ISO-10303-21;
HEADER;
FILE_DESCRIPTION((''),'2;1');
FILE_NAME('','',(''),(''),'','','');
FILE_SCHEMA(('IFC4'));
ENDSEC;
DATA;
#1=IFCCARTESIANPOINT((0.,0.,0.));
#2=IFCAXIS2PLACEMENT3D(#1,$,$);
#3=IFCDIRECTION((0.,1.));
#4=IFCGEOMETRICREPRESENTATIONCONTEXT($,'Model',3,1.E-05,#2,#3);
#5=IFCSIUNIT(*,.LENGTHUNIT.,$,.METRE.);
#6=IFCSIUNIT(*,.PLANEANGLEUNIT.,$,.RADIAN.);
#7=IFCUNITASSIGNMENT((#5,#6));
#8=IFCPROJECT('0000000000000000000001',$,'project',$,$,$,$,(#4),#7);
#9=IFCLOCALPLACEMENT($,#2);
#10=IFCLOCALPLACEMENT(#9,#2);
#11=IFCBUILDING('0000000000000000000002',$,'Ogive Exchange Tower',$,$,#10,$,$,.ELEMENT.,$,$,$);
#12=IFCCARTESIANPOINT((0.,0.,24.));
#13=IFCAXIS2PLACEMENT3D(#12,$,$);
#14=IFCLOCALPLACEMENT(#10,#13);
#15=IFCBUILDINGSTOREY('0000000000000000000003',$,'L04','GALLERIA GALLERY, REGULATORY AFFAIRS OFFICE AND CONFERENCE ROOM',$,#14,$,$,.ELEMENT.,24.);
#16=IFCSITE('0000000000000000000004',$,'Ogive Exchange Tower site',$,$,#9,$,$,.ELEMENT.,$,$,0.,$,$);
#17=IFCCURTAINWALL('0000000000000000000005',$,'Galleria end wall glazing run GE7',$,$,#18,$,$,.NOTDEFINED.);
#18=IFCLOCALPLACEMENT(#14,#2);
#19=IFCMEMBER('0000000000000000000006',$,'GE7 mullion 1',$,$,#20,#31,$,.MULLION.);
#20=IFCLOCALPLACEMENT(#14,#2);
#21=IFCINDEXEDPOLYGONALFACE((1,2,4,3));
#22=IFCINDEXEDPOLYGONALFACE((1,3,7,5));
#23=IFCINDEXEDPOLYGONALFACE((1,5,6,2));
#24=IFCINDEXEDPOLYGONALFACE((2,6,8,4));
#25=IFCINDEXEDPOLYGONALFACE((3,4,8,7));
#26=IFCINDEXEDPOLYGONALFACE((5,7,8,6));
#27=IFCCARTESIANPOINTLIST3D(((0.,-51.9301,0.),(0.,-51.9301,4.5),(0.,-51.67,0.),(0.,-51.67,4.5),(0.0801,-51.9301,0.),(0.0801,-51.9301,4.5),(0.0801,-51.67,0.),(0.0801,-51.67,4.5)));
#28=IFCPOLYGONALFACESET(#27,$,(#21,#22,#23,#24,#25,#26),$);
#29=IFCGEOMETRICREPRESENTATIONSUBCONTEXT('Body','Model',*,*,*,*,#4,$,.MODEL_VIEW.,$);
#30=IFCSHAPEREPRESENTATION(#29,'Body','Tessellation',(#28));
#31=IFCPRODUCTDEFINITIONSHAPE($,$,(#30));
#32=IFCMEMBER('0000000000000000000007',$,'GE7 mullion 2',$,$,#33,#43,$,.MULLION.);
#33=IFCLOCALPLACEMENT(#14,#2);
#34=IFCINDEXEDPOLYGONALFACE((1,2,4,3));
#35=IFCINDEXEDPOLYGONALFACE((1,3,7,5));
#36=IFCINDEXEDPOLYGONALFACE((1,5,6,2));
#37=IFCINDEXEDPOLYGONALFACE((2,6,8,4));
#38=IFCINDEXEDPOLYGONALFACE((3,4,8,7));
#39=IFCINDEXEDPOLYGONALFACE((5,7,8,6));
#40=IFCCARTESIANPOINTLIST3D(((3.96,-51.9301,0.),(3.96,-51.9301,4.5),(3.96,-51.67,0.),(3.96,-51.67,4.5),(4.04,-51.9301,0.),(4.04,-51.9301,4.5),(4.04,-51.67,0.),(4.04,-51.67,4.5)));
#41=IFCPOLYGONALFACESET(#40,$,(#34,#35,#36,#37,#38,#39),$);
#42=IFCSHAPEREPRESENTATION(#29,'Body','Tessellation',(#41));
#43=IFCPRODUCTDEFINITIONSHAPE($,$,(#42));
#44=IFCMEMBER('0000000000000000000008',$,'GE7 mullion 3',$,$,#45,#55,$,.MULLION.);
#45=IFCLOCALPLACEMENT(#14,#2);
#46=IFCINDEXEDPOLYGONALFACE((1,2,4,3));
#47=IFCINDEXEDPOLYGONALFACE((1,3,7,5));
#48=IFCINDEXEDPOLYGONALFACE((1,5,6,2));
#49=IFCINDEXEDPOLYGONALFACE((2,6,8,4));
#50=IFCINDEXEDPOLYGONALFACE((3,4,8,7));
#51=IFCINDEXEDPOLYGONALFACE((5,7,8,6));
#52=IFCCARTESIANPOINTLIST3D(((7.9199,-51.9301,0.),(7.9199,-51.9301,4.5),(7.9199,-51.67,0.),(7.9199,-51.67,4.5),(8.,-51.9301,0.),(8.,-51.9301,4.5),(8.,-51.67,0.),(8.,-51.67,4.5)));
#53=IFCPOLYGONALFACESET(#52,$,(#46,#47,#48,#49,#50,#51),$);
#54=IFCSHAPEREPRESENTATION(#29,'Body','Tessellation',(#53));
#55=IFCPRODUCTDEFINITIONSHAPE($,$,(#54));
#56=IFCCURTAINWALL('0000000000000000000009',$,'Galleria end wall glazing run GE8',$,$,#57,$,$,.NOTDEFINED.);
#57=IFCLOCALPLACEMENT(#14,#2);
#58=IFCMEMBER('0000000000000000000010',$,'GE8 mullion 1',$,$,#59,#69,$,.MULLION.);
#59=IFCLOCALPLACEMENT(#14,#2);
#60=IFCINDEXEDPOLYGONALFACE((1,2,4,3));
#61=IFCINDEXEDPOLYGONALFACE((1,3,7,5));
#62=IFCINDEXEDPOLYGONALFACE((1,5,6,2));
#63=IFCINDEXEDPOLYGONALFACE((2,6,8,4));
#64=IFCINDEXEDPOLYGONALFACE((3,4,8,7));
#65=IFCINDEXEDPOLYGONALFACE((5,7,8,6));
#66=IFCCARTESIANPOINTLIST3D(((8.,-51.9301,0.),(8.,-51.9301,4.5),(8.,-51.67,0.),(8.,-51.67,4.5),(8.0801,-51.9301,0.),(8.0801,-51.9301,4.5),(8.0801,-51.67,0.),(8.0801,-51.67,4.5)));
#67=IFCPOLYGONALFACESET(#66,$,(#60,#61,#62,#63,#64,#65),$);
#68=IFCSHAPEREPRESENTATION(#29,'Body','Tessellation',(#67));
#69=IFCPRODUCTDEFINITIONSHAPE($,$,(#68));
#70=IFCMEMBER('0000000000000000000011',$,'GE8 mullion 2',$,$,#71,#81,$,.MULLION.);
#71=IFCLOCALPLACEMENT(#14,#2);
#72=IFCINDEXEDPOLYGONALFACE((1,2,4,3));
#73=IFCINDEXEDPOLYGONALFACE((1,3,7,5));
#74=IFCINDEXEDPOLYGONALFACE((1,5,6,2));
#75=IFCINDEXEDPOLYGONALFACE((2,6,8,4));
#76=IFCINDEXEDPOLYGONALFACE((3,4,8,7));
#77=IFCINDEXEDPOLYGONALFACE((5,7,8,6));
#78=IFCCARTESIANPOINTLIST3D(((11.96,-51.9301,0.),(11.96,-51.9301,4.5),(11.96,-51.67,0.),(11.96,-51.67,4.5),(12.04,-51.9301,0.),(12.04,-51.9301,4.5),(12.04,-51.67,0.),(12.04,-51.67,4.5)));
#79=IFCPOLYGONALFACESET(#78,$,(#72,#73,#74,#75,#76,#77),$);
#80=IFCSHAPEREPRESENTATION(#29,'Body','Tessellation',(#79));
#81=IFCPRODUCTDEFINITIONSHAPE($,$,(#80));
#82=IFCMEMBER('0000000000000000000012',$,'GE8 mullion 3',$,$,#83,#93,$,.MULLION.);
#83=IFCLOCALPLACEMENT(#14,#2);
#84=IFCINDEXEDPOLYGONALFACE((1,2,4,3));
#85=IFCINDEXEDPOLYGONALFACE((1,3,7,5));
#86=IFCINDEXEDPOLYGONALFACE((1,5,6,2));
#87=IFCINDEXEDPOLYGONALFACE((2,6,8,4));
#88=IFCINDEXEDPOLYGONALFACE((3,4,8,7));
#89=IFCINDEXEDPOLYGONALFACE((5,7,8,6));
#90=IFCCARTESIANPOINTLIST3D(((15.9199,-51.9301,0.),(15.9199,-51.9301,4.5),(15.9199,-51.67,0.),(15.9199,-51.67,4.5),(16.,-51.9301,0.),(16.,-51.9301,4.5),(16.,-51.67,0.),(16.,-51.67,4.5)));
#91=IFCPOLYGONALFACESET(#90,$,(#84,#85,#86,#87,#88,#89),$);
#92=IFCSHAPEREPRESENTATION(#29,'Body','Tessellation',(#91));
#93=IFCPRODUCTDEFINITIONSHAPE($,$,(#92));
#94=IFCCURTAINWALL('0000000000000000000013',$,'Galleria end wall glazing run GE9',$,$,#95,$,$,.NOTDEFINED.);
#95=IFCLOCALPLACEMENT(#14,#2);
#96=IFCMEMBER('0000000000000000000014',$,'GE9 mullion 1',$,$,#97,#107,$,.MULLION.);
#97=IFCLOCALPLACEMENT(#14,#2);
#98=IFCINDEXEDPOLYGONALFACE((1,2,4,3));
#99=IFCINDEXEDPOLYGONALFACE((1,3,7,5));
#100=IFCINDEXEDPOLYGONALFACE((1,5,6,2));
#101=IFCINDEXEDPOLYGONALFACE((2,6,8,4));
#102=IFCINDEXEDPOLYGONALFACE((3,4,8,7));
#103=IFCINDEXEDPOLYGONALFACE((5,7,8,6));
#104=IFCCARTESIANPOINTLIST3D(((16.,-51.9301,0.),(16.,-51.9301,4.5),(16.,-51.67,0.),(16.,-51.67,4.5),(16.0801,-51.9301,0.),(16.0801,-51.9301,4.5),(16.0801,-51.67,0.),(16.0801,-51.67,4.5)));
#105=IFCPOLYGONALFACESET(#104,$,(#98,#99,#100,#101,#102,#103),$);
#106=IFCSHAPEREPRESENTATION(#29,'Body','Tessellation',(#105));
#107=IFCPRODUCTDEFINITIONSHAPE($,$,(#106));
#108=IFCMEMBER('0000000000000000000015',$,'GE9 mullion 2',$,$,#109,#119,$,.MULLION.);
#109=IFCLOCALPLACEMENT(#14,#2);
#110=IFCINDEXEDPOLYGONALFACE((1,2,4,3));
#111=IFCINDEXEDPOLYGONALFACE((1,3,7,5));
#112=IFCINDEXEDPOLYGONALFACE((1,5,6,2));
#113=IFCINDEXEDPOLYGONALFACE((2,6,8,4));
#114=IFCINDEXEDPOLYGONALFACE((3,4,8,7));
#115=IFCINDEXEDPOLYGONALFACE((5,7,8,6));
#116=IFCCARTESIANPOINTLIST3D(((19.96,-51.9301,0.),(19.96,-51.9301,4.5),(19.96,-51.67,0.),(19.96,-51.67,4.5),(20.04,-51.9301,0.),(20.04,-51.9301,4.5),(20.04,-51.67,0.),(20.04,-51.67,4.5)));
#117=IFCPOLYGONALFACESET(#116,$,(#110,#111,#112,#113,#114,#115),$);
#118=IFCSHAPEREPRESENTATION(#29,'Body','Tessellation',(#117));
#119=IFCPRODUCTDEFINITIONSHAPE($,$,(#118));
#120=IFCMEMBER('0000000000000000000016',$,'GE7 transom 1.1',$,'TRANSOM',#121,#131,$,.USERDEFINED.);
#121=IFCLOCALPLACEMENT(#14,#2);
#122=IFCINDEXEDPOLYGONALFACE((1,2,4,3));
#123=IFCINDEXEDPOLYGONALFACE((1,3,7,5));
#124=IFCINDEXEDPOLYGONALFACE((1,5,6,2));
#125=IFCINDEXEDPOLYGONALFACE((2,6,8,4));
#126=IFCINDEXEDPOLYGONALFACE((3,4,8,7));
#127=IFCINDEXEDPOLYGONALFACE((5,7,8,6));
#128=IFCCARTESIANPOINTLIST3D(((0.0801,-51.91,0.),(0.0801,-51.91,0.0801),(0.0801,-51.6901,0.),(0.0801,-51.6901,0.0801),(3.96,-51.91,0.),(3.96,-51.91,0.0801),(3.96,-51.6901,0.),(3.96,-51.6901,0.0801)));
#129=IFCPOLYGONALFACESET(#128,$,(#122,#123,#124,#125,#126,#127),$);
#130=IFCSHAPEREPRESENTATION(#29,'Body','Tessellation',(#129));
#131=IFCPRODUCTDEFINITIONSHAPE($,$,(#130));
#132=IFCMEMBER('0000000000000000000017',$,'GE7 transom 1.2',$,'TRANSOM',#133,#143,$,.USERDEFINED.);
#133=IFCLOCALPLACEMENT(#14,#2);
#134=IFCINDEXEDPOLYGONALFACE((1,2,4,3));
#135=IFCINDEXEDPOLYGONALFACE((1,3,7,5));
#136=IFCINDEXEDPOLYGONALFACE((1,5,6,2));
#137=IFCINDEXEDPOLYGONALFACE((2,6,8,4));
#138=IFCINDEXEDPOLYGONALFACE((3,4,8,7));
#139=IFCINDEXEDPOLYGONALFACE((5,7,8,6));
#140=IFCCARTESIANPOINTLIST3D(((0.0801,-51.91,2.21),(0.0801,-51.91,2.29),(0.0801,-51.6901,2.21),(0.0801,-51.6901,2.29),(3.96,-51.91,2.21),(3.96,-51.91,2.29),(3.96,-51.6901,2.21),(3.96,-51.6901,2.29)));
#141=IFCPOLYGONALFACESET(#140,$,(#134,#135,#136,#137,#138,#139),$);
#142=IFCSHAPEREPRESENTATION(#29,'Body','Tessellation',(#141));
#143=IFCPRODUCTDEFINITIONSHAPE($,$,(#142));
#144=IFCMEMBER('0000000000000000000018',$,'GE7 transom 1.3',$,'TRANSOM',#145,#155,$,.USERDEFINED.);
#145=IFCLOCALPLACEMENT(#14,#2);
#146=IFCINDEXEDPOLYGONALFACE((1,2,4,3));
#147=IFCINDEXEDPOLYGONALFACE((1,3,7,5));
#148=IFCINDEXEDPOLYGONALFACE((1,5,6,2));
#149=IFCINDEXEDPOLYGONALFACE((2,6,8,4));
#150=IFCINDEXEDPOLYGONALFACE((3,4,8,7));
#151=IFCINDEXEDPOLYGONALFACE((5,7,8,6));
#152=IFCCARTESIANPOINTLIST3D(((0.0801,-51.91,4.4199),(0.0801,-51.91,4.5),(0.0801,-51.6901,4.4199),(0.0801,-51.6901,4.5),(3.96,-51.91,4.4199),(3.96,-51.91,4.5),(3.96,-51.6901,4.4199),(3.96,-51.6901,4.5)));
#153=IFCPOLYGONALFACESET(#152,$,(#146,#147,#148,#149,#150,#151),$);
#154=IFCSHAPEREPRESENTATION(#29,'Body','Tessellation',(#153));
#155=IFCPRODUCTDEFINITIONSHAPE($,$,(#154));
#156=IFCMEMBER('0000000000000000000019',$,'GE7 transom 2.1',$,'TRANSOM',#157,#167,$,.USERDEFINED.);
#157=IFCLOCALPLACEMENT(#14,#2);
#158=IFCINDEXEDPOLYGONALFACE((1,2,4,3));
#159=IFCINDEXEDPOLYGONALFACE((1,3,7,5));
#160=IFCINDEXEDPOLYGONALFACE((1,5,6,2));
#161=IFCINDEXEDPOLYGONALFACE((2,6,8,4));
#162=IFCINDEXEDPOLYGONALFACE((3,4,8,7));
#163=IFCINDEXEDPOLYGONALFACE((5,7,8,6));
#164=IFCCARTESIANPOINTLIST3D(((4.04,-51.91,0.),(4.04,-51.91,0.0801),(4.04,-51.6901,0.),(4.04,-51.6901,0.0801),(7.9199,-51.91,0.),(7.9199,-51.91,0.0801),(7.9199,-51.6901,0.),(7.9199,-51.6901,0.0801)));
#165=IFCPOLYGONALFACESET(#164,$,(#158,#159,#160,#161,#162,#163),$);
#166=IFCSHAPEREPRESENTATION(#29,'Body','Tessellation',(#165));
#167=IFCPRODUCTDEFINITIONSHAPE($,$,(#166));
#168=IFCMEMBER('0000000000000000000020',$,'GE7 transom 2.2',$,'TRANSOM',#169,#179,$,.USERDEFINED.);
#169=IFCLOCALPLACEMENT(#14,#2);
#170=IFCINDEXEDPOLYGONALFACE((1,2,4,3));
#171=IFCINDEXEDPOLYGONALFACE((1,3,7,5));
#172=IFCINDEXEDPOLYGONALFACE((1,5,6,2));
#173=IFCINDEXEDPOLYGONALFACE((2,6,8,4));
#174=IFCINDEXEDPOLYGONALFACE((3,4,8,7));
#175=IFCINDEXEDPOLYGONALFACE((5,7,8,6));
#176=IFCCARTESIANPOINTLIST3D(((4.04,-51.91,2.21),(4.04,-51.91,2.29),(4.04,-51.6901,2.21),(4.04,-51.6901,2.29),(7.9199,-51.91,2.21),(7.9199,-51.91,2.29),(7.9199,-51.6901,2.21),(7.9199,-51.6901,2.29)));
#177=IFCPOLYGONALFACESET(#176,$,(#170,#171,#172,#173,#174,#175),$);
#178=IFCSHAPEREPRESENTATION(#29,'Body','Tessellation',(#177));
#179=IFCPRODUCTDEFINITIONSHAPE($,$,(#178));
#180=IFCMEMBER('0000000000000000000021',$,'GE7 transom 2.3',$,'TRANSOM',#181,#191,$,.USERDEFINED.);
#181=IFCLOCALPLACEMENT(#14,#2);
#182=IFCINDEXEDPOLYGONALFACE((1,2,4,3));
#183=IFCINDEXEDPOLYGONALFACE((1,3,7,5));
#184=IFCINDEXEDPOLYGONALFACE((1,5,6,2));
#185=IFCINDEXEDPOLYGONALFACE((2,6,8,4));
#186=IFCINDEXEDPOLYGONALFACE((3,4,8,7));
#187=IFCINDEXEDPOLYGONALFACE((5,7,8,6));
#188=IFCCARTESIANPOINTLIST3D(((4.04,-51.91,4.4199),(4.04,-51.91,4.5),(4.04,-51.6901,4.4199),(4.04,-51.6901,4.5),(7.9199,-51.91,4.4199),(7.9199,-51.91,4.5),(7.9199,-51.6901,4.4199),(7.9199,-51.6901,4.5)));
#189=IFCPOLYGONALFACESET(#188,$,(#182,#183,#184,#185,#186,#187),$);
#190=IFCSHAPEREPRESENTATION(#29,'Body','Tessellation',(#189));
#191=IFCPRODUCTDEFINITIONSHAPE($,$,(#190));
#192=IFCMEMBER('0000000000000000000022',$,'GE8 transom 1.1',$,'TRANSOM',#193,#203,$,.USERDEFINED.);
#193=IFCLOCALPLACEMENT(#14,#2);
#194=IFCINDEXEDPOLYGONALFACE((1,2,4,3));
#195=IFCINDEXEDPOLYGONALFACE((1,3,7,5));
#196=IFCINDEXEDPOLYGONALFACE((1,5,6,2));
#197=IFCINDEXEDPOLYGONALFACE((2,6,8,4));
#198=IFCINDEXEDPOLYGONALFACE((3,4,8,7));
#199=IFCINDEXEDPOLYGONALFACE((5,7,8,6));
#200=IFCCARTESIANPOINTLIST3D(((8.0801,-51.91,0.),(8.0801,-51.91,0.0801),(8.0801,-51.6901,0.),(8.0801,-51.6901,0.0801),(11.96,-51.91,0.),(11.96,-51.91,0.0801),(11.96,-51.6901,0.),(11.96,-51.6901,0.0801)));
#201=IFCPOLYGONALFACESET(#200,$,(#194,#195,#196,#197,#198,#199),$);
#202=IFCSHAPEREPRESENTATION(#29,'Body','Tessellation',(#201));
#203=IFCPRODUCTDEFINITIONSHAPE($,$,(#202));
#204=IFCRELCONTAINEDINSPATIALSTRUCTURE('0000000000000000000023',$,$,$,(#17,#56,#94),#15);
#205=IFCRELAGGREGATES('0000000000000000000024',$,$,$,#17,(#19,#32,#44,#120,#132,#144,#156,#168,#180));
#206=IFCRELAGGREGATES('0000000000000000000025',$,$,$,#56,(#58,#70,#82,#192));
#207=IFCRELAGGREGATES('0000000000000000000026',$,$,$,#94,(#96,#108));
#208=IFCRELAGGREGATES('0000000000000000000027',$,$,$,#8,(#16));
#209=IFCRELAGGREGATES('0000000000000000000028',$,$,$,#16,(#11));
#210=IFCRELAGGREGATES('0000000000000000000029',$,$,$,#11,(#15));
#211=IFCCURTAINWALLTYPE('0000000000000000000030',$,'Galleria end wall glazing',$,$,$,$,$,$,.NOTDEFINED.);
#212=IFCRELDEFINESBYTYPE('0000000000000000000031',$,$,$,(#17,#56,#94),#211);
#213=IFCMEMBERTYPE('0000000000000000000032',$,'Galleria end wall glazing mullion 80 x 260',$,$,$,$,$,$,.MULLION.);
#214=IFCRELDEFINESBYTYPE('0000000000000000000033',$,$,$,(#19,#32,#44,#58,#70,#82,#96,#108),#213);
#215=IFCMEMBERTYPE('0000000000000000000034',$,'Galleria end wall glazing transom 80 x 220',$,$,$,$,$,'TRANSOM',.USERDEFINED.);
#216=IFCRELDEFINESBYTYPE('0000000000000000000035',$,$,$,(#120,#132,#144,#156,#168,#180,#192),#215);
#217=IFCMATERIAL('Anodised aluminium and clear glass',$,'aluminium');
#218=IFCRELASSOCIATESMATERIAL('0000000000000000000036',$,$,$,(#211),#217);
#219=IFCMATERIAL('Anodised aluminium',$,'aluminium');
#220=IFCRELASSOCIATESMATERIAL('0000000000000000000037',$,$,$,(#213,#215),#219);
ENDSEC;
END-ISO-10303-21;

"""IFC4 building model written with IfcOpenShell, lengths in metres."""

from ifc_helpers import new_model, si_unit, direction, frame, origin, origin_2d, place, context, subcontext, project, spatial, rectangle, extrude, material, material_profile, profile_set, type_object, element, aggregate, save


model = new_model("IFC4")

# Units and contexts
model_context = context("Model", 3, precision=1e-05, world=origin(), true_north=direction((0.0, 1.0)))
body_context = subcontext(model_context, "Body", "Model", "MODEL_VIEW")
ifc_project = project(units=[si_unit("LENGTHUNIT", "METRE"), si_unit("PLANEANGLEUNIT", "RADIAN")], contexts=[model_context])

# Site, building, storey
site_placement = place(None, origin())
site = spatial("IfcSite", under=ifc_project, at=site_placement, Name="Ogive Exchange Tower site", CompositionType="ELEMENT", RefElevation=0.0)
building_placement = place(site_placement, origin())
building = spatial("IfcBuilding", under=site, at=building_placement, Name="Ogive Exchange Tower", CompositionType="ELEMENT")
storey_placement = place(building_placement, frame((0.0, 0.0, 24.0)))
storey = spatial("IfcBuildingStorey", under=building, at=storey_placement, Name="L04", Description="GALLERIA GALLERY, REGULATORY AFFAIRS OFFICE AND CONFERENCE ROOM", CompositionType="ELEMENT", Elevation=24.0)

# Curtain walls, members
ifc_material_1 = material(Name="Anodised aluminium and clear glass", Category="aluminium")
curtain_wall_type = type_object("IfcCurtainWallType", Name="Galleria end wall glazing", PredefinedType="NOTDEFINED", material=ifc_material_1)
curtain_wall_1_placement = place(storey_placement, origin())
curtain_wall_1 = element("IfcCurtainWall", 1, at=curtain_wall_1_placement, inside=storey, type_object=curtain_wall_type, Name="Galleria end wall glazing run GE7", PredefinedType="NOTDEFINED")
ifc_material_2 = material(Name="Anodised aluminium", Category="aluminium")
ifc_material_profile_1 = material_profile(ifc_material_2, rectangle(XDim=0.26, YDim=0.0801, at=origin_2d()), Name="AL 80x260")
ifc_profile_set_1 = profile_set([ifc_material_profile_1], Name="Anodised aluminium")
member_type_1 = type_object("IfcMemberType", Name="Galleria end wall glazing mullion 80 x 260", PredefinedType="MULLION", material=ifc_profile_set_1)
member_1_placement = place(storey_placement, frame((0.04, -51.8, 0.0), z_axis=(0.0, 0.0, 1.0), x_axis=(0.0, 1.0, 0.0)))
member_1 = element("IfcMember", 2, at=member_1_placement, type_object=member_type_1, Name="GE7 mullion 1", PredefinedType="MULLION", context=body_context, shape_type="SweptSolid", body=[
    extrude(rectangle(XDim=0.26, YDim=0.0801, at=origin_2d()), origin(), (0.0, 0.0, 1.0), 4.5),
])
member_2_placement = place(storey_placement, frame((4.0, -51.8, 0.0), z_axis=(0.0, 0.0, 1.0), x_axis=(0.0, 1.0, 0.0)))
member_2 = element("IfcMember", 3, at=member_2_placement, type_object=member_type_1, Name="GE7 mullion 2", PredefinedType="MULLION", context=body_context, shape_type="SweptSolid", body=[
    extrude(rectangle(XDim=0.26, YDim=0.0801, at=origin_2d()), origin(), (0.0, 0.0, 1.0), 4.5),
])
member_3_placement = place(storey_placement, frame((7.96, -51.8, 0.0), z_axis=(0.0, 0.0, 1.0), x_axis=(0.0, 1.0, 0.0)))
member_3 = element("IfcMember", 4, at=member_3_placement, type_object=member_type_1, Name="GE7 mullion 3", PredefinedType="MULLION", context=body_context, shape_type="SweptSolid", body=[
    extrude(rectangle(XDim=0.26, YDim=0.0801, at=origin_2d()), origin(), (0.0, 0.0, 1.0), 4.5),
])
curtain_wall_2_placement = place(storey_placement, origin())
curtain_wall_2 = element("IfcCurtainWall", 5, at=curtain_wall_2_placement, inside=storey, type_object=curtain_wall_type, Name="Galleria end wall glazing run GE8", PredefinedType="NOTDEFINED")
member_4_placement = place(storey_placement, frame((8.04, -51.8, 0.0), z_axis=(0.0, 0.0, 1.0), x_axis=(0.0, 1.0, 0.0)))
member_4 = element("IfcMember", 6, at=member_4_placement, type_object=member_type_1, Name="GE8 mullion 1", PredefinedType="MULLION", context=body_context, shape_type="SweptSolid", body=[
    extrude(rectangle(XDim=0.26, YDim=0.0801, at=origin_2d()), origin(), (0.0, 0.0, 1.0), 4.5),
])
member_5_placement = place(storey_placement, frame((12.0, -51.8, 0.0), z_axis=(0.0, 0.0, 1.0), x_axis=(0.0, 1.0, 0.0)))
member_5 = element("IfcMember", 7, at=member_5_placement, type_object=member_type_1, Name="GE8 mullion 2", PredefinedType="MULLION", context=body_context, shape_type="SweptSolid", body=[
    extrude(rectangle(XDim=0.26, YDim=0.0801, at=origin_2d()), origin(), (0.0, 0.0, 1.0), 4.5),
])
member_6_placement = place(storey_placement, frame((15.96, -51.8, 0.0), z_axis=(0.0, 0.0, 1.0), x_axis=(0.0, 1.0, 0.0)))
member_6 = element("IfcMember", 8, at=member_6_placement, type_object=member_type_1, Name="GE8 mullion 3", PredefinedType="MULLION", context=body_context, shape_type="SweptSolid", body=[
    extrude(rectangle(XDim=0.26, YDim=0.0801, at=origin_2d()), origin(), (0.0, 0.0, 1.0), 4.5),
])
curtain_wall_3_placement = place(storey_placement, origin())
curtain_wall_3 = element("IfcCurtainWall", 9, at=curtain_wall_3_placement, inside=storey, type_object=curtain_wall_type, Name="Galleria end wall glazing run GE9", PredefinedType="NOTDEFINED")
member_7_placement = place(storey_placement, frame((16.04, -51.8, 0.0), z_axis=(0.0, 0.0, 1.0), x_axis=(0.0, 1.0, 0.0)))
member_7 = element("IfcMember", 10, at=member_7_placement, type_object=member_type_1, Name="GE9 mullion 1", PredefinedType="MULLION", context=body_context, shape_type="SweptSolid", body=[
    extrude(rectangle(XDim=0.26, YDim=0.0801, at=origin_2d()), origin(), (0.0, 0.0, 1.0), 4.5),
])
member_8_placement = place(storey_placement, frame((20.0, -51.8, 0.0), z_axis=(0.0, 0.0, 1.0), x_axis=(0.0, 1.0, 0.0)))
member_8 = element("IfcMember", 11, at=member_8_placement, type_object=member_type_1, Name="GE9 mullion 2", PredefinedType="MULLION", context=body_context, shape_type="SweptSolid", body=[
    extrude(rectangle(XDim=0.26, YDim=0.0801, at=origin_2d()), origin(), (0.0, 0.0, 1.0), 4.5),
])

# Members
ifc_material_profile_2 = material_profile(ifc_material_2, rectangle(XDim=0.22, YDim=0.0801, at=origin_2d()), Name="AL 80x220")
ifc_profile_set_2 = profile_set([ifc_material_profile_2], Name="Anodised aluminium")
member_type_2 = type_object("IfcMemberType", Name="Galleria end wall glazing transom 80 x 220", ElementType="TRANSOM", PredefinedType="USERDEFINED", material=ifc_profile_set_2)
member_9_placement = place(storey_placement, frame((0.0801, -51.8, 0.04), z_axis=(1.0, 0.0, 0.0), x_axis=(0.0, 1.0, 0.0)))
member_9 = element("IfcMember", 12, at=member_9_placement, type_object=member_type_2, Name="GE7 transom 1.1", ObjectType="TRANSOM", PredefinedType="USERDEFINED", context=body_context, shape_type="SweptSolid", body=[
    extrude(rectangle(XDim=0.22, YDim=0.0801, at=origin_2d()), origin(), (0.0, 0.0, 1.0), 3.8799),
])
member_10_placement = place(storey_placement, frame((0.0801, -51.8, 2.25), z_axis=(1.0, 0.0, 0.0), x_axis=(0.0, 1.0, 0.0)))
member_10 = element("IfcMember", 13, at=member_10_placement, type_object=member_type_2, Name="GE7 transom 1.2", ObjectType="TRANSOM", PredefinedType="USERDEFINED", context=body_context, shape_type="SweptSolid", body=[
    extrude(rectangle(XDim=0.22, YDim=0.0801, at=origin_2d()), origin(), (0.0, 0.0, 1.0), 3.8799),
])
member_11_placement = place(storey_placement, frame((0.0801, -51.8, 4.46), z_axis=(1.0, 0.0, 0.0), x_axis=(0.0, 1.0, 0.0)))
member_11 = element("IfcMember", 14, at=member_11_placement, type_object=member_type_2, Name="GE7 transom 1.3", ObjectType="TRANSOM", PredefinedType="USERDEFINED", context=body_context, shape_type="SweptSolid", body=[
    extrude(rectangle(XDim=0.22, YDim=0.0801, at=origin_2d()), origin(), (0.0, 0.0, 1.0), 3.8799),
])
member_12_placement = place(storey_placement, frame((4.04, -51.8, 0.04), z_axis=(1.0, 0.0, 0.0), x_axis=(0.0, 1.0, 0.0)))
member_12 = element("IfcMember", 15, at=member_12_placement, type_object=member_type_2, Name="GE7 transom 2.1", ObjectType="TRANSOM", PredefinedType="USERDEFINED", context=body_context, shape_type="SweptSolid", body=[
    extrude(rectangle(XDim=0.22, YDim=0.0801, at=origin_2d()), origin(), (0.0, 0.0, 1.0), 3.8799),
])
member_13_placement = place(storey_placement, frame((4.04, -51.8, 2.25), z_axis=(1.0, 0.0, 0.0), x_axis=(0.0, 1.0, 0.0)))
member_13 = element("IfcMember", 16, at=member_13_placement, type_object=member_type_2, Name="GE7 transom 2.2", ObjectType="TRANSOM", PredefinedType="USERDEFINED", context=body_context, shape_type="SweptSolid", body=[
    extrude(rectangle(XDim=0.22, YDim=0.0801, at=origin_2d()), origin(), (0.0, 0.0, 1.0), 3.8799),
])
member_14_placement = place(storey_placement, frame((4.04, -51.8, 4.46), z_axis=(1.0, 0.0, 0.0), x_axis=(0.0, 1.0, 0.0)))
member_14 = element("IfcMember", 17, at=member_14_placement, type_object=member_type_2, Name="GE7 transom 2.3", ObjectType="TRANSOM", PredefinedType="USERDEFINED", context=body_context, shape_type="SweptSolid", body=[
    extrude(rectangle(XDim=0.22, YDim=0.0801, at=origin_2d()), origin(), (0.0, 0.0, 1.0), 3.8799),
])
member_15_placement = place(storey_placement, frame((8.0801, -51.8, 0.04), z_axis=(1.0, 0.0, 0.0), x_axis=(0.0, 1.0, 0.0)))
member_15 = element("IfcMember", 18, at=member_15_placement, type_object=member_type_2, Name="GE8 transom 1.1", ObjectType="TRANSOM", PredefinedType="USERDEFINED", context=body_context, shape_type="SweptSolid", body=[
    extrude(rectangle(XDim=0.22, YDim=0.0801, at=origin_2d()), origin(), (0.0, 0.0, 1.0), 3.8799),
])

aggregate(curtain_wall_1, [member_1, member_2, member_3, member_9, member_10, member_11, member_12, member_13, member_14])
aggregate(curtain_wall_2, [member_4, member_5, member_6, member_15])
aggregate(curtain_wall_3, [member_7, member_8])

save(model, "model.ifc")
